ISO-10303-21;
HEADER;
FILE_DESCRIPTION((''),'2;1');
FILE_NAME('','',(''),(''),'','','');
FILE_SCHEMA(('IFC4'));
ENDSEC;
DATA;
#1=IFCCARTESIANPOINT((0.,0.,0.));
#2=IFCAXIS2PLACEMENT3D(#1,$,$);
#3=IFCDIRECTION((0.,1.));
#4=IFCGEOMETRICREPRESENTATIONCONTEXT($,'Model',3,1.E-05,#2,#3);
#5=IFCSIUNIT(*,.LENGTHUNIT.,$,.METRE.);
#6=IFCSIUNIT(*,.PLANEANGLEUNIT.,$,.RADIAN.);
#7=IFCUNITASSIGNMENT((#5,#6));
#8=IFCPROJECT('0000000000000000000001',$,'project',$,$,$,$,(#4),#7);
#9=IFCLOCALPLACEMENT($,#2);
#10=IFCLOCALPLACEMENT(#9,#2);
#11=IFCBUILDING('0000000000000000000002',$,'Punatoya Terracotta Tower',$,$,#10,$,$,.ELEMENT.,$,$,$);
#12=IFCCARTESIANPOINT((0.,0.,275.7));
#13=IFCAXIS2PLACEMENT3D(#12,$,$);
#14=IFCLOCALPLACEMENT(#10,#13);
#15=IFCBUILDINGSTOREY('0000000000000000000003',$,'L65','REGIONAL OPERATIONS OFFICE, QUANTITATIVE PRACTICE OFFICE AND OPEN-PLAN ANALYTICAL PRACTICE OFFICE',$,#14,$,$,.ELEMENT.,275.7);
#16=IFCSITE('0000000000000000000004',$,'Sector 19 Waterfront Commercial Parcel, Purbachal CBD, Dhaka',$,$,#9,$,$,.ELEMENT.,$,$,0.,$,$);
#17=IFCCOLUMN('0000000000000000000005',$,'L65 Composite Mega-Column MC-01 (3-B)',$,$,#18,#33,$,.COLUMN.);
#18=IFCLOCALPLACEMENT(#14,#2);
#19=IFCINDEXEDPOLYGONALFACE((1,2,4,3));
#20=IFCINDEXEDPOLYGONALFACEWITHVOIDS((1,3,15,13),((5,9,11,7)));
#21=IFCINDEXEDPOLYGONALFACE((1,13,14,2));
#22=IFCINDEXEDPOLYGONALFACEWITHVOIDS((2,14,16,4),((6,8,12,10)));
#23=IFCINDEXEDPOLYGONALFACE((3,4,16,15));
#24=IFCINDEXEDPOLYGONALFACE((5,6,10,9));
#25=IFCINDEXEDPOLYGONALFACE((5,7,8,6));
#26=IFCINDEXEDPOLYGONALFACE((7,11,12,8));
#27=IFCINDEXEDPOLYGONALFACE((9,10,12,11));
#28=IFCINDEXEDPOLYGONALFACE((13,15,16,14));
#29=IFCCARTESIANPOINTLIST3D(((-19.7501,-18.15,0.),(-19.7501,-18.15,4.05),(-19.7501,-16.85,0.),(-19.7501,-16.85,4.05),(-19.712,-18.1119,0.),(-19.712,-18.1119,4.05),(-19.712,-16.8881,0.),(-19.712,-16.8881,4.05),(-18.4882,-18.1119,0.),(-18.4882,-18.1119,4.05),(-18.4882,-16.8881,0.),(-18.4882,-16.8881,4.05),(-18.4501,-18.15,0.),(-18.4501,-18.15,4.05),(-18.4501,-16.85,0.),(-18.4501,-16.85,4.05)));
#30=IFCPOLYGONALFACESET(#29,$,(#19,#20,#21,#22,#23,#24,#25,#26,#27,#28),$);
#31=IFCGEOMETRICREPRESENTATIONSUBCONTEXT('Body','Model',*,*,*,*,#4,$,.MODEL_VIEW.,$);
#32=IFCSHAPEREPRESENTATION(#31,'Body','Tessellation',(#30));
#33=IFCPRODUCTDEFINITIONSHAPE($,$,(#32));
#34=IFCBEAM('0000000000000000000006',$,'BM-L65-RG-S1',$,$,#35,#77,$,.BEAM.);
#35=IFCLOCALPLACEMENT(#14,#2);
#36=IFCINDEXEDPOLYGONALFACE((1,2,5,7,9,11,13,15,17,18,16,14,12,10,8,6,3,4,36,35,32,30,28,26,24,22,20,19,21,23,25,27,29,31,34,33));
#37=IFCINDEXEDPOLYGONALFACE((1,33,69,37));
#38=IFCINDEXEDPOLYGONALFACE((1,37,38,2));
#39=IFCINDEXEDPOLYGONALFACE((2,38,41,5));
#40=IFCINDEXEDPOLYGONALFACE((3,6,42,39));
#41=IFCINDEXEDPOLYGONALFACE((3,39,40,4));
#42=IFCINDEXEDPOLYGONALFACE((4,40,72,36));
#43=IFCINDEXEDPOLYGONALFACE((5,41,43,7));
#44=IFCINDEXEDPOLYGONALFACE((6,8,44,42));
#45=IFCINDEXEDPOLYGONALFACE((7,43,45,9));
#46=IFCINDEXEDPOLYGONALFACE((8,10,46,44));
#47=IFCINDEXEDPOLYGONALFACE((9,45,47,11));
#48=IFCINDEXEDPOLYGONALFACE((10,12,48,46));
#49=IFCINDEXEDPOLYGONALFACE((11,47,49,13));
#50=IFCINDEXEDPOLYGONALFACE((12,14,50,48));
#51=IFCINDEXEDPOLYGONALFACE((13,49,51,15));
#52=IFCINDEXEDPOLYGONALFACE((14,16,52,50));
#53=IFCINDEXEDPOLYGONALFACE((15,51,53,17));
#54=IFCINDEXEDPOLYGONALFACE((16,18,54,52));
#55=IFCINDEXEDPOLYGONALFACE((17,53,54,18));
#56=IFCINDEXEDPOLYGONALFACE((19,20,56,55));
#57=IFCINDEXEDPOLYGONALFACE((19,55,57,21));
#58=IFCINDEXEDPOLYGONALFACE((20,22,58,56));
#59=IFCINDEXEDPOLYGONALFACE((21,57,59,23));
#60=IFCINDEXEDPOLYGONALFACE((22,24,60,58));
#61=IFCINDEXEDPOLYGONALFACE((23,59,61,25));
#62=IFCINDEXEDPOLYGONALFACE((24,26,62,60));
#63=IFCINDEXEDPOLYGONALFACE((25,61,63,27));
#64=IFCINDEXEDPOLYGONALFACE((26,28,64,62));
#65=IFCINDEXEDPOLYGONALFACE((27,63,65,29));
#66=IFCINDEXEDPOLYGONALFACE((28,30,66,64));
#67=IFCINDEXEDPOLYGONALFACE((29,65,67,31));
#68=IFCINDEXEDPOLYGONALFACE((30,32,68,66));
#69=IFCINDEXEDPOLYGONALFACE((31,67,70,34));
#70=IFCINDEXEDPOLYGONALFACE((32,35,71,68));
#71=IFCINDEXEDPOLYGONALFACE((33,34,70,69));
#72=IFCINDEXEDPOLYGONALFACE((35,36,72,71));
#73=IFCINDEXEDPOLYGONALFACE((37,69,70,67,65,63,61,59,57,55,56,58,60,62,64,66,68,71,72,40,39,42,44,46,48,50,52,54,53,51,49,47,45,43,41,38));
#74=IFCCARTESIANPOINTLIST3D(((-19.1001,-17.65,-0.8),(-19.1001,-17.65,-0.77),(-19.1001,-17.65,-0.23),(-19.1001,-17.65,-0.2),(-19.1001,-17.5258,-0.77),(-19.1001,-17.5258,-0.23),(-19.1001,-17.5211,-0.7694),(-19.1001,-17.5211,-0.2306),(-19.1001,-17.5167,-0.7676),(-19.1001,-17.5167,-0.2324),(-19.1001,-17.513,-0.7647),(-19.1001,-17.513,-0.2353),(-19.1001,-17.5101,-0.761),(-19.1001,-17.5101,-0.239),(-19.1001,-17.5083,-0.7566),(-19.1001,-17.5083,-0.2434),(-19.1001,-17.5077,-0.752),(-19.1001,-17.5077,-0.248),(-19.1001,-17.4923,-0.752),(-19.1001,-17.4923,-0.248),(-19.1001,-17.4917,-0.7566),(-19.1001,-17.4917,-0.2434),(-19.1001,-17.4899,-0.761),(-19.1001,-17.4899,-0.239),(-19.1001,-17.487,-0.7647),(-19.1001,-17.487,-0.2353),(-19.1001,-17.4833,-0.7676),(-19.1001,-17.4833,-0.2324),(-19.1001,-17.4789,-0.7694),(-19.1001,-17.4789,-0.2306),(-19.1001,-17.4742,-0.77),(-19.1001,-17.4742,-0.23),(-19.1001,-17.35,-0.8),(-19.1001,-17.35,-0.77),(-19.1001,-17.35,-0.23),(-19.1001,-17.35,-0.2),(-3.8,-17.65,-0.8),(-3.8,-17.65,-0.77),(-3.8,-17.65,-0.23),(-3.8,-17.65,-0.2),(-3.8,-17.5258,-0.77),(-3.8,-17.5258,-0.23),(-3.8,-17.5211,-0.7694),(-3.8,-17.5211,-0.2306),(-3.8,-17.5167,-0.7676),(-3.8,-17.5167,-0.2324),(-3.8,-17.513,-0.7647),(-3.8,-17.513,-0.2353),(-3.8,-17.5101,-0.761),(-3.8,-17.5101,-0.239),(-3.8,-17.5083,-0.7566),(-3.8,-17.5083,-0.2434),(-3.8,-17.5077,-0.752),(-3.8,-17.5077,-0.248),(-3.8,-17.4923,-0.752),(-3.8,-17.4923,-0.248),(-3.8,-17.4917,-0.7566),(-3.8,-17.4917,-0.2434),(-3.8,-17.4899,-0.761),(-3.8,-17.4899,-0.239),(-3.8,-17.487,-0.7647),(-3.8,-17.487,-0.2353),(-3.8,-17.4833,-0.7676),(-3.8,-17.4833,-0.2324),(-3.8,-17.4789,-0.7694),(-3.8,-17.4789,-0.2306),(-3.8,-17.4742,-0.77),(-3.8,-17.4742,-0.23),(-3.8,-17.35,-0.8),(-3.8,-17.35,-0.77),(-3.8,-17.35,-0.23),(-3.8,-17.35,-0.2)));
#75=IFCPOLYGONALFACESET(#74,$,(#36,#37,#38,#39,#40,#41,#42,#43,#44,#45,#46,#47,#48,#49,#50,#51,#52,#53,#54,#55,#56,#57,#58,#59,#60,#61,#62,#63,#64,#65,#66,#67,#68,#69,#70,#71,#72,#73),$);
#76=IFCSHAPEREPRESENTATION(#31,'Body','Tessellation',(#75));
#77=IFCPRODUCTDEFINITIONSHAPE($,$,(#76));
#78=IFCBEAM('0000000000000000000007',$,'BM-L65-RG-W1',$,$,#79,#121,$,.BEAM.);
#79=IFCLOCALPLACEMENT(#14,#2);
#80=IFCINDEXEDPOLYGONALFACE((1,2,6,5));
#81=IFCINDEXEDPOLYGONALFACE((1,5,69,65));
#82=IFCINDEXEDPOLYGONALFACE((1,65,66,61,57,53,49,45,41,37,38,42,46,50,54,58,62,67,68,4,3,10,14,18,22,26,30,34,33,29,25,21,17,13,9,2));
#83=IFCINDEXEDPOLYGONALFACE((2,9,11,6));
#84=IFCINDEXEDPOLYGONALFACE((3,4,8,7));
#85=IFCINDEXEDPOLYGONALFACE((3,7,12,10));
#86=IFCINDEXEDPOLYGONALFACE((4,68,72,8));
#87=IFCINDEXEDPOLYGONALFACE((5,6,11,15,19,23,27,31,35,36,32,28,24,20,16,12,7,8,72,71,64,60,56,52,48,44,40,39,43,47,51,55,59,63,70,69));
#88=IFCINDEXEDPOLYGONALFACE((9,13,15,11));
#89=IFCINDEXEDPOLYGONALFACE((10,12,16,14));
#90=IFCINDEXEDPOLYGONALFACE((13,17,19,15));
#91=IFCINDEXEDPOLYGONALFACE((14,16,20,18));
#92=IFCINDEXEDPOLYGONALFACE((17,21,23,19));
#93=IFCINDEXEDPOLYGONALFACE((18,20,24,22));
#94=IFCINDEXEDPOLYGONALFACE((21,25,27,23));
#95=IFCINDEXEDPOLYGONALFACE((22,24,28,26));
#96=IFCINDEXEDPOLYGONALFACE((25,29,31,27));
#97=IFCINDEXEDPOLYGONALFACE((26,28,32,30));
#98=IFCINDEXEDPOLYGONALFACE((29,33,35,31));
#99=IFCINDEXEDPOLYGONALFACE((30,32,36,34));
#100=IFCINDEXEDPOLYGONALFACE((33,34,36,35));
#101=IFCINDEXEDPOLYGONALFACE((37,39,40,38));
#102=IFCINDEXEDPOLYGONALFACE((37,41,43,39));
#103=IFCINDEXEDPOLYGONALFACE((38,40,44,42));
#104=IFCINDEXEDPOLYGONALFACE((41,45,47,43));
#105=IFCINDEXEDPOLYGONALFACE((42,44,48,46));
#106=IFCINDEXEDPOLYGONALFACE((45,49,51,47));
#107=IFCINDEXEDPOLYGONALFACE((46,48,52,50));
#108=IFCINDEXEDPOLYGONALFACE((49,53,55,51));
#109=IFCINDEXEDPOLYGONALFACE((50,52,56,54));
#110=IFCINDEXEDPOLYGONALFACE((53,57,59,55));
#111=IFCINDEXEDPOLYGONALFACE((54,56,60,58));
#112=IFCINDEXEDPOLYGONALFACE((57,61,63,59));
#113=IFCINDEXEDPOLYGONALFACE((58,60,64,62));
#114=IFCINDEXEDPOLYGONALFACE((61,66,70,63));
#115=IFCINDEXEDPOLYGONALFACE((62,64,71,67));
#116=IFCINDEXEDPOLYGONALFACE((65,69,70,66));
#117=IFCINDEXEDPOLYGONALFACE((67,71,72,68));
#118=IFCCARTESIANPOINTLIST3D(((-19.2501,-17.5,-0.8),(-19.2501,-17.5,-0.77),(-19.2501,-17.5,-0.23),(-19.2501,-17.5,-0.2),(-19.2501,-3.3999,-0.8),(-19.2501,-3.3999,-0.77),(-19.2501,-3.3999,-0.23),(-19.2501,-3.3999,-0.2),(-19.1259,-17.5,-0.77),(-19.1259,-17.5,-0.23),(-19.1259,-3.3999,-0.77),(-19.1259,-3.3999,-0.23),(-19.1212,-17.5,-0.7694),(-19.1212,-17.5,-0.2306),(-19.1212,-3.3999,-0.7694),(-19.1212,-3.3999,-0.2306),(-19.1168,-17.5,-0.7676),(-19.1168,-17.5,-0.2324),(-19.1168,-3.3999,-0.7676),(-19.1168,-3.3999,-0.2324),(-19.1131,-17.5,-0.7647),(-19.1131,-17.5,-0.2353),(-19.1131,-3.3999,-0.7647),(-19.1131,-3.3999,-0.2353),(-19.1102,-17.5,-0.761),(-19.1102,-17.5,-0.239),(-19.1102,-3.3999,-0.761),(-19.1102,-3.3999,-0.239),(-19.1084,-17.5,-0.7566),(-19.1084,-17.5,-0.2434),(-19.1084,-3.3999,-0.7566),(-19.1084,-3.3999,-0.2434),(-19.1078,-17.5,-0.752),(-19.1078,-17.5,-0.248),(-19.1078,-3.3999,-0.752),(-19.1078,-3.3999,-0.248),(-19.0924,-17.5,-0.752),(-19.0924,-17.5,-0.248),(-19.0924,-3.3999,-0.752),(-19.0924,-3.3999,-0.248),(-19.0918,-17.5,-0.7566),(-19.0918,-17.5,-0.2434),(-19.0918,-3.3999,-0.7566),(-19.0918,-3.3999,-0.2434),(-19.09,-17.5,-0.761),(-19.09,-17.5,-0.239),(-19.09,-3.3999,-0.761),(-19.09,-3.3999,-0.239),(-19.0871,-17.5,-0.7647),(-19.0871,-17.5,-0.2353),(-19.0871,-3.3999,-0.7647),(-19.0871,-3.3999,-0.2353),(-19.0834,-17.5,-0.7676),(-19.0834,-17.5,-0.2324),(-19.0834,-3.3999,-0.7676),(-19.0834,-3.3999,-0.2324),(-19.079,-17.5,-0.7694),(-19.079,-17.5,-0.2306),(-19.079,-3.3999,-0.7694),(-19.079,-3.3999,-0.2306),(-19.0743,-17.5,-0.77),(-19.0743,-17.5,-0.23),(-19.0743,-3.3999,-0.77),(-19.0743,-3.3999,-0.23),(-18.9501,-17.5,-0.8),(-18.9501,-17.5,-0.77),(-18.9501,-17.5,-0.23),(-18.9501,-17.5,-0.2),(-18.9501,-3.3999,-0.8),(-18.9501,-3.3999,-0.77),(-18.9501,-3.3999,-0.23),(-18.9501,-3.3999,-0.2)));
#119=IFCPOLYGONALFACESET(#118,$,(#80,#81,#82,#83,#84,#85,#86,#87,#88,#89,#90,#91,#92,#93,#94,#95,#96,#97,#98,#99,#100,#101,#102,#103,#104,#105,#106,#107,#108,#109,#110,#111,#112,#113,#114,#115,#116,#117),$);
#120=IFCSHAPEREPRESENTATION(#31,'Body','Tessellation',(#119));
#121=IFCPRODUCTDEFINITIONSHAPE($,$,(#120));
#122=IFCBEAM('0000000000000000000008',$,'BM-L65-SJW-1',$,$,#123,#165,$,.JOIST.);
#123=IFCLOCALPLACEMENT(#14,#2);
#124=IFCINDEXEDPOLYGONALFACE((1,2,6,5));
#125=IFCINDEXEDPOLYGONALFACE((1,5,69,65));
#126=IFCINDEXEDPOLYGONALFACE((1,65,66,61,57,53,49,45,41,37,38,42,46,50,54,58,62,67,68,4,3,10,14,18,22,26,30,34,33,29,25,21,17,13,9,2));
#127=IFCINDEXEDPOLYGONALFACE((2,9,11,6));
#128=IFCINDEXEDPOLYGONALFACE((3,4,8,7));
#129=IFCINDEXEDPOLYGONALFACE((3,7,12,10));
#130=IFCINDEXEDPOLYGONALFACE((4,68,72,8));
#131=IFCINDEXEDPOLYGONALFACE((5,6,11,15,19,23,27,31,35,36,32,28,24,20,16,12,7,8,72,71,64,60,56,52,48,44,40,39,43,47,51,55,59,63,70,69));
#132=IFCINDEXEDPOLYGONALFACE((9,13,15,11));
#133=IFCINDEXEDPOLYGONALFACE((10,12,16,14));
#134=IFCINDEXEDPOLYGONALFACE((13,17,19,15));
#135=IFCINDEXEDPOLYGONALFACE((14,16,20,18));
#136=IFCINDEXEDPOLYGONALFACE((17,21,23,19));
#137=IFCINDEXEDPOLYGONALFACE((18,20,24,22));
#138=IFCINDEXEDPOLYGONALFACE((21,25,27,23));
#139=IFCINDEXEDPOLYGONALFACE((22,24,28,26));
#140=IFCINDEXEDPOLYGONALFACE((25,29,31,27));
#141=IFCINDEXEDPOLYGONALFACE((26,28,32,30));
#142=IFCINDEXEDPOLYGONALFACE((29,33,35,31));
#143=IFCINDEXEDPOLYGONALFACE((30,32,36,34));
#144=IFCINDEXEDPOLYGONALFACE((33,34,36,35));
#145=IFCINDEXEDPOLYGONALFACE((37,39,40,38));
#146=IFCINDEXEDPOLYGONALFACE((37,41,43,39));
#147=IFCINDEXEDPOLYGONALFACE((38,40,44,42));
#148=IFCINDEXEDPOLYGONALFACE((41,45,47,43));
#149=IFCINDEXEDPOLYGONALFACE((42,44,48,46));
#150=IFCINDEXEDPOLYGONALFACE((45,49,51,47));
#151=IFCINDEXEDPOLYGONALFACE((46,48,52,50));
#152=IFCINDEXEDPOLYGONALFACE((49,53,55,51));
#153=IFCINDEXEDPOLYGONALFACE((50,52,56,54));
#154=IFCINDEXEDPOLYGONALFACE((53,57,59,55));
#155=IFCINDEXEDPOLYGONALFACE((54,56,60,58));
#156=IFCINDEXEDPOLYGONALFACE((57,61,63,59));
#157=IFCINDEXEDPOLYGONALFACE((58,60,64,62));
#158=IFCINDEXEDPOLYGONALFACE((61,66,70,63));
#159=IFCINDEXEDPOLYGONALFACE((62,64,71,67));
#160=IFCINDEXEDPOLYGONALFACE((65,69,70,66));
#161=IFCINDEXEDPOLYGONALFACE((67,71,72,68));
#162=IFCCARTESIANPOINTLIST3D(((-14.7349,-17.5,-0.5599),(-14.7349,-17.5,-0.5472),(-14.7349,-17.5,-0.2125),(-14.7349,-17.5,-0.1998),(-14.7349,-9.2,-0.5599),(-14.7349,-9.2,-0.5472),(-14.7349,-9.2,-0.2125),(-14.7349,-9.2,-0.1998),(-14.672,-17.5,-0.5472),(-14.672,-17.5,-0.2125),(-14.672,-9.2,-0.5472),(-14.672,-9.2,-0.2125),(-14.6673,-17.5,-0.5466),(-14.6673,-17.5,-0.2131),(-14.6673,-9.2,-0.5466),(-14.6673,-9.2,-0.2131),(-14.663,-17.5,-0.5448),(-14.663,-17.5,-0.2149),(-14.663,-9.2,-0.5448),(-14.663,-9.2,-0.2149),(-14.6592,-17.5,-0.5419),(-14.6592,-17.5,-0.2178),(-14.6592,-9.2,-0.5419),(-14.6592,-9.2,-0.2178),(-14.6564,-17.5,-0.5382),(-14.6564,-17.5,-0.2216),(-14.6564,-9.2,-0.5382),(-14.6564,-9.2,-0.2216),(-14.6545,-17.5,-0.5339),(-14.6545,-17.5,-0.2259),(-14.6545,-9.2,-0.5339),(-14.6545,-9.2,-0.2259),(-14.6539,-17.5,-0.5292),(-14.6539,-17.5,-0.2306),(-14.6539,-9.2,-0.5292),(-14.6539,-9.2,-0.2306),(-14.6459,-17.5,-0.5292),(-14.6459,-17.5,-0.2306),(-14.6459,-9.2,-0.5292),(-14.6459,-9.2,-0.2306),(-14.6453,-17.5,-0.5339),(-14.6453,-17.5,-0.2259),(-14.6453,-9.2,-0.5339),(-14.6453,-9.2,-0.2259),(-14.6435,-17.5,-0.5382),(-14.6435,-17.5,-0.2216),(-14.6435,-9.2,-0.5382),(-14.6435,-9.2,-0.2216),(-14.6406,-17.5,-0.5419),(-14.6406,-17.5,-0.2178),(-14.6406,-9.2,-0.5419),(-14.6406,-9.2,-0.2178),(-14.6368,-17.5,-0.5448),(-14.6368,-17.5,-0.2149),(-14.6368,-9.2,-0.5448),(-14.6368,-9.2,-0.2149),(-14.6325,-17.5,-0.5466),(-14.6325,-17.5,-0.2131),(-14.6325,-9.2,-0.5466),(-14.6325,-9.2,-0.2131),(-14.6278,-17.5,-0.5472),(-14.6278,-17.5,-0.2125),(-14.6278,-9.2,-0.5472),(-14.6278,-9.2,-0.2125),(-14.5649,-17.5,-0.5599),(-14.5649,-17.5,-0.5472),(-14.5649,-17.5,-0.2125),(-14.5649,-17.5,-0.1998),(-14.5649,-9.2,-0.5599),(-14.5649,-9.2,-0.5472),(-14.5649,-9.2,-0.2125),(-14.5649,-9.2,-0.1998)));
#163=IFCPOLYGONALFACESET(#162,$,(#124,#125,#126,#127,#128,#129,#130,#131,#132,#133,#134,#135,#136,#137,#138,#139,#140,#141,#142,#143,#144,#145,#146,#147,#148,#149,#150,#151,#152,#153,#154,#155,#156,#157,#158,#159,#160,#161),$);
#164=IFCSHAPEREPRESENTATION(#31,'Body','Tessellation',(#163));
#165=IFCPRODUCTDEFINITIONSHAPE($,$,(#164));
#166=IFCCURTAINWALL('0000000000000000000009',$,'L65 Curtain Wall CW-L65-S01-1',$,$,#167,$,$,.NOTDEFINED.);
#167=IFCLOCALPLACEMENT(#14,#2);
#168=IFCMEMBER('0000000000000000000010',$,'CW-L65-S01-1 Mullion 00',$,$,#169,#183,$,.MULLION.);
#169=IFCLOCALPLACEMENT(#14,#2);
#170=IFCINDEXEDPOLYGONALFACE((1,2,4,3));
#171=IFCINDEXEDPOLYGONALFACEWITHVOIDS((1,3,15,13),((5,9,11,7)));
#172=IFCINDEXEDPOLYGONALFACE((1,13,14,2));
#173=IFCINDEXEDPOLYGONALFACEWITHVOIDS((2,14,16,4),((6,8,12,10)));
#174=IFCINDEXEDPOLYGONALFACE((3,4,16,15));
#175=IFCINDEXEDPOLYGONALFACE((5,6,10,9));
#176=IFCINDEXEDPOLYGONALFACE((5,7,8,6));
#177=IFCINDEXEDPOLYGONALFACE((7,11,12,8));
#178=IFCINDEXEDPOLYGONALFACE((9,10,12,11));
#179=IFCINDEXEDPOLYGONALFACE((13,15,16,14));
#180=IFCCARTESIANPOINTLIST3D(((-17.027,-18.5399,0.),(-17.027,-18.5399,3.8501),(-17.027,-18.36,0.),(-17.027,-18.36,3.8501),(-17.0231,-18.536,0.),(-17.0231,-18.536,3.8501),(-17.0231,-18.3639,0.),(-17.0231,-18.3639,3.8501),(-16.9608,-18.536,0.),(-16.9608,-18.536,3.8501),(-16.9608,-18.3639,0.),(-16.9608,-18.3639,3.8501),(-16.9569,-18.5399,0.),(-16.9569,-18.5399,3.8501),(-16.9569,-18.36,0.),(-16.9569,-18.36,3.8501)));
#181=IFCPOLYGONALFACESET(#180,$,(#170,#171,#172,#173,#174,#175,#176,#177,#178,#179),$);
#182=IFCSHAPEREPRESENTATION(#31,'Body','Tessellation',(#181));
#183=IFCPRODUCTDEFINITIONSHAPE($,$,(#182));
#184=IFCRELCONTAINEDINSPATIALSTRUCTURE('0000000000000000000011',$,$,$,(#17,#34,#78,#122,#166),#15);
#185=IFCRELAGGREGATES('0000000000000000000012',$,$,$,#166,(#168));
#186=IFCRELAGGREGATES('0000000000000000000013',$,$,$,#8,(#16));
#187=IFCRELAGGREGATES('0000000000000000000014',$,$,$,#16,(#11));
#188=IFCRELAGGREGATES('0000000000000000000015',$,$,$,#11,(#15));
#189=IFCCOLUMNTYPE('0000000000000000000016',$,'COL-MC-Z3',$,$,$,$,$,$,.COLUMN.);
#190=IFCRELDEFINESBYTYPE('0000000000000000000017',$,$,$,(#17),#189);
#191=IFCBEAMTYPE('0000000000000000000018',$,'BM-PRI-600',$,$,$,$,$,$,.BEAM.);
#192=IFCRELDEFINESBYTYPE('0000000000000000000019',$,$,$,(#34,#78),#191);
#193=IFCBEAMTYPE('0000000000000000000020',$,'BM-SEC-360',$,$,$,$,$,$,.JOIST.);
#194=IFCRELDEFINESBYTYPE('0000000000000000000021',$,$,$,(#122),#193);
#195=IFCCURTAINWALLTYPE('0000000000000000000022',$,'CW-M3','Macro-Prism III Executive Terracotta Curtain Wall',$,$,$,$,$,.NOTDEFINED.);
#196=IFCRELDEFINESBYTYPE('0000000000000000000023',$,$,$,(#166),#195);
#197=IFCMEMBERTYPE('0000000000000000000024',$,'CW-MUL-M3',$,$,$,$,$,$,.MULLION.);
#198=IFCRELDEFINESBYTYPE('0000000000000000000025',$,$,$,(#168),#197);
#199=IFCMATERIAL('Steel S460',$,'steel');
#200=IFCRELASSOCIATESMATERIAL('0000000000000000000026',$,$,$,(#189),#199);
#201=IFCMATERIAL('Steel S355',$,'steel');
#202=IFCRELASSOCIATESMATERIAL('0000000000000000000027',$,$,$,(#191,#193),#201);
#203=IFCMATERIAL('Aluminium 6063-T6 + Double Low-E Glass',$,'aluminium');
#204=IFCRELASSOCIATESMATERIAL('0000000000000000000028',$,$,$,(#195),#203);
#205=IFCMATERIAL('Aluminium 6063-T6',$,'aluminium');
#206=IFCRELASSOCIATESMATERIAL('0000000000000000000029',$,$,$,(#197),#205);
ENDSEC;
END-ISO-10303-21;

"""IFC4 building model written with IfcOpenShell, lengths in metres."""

from ifc_helpers import new_model, si_unit, direction, frame, origin, origin_2d, place, context, subcontext, project, spatial, hollow_rectangle, i_section, extrude, material, material_profile, profile_set, type_object, element, aggregate, save


model = new_model("IFC4")

# Units and contexts
model_context = context("Model", 3, precision=1e-05, world=origin(), true_north=direction((0.0, 1.0)))
body_context = subcontext(model_context, "Body", "Model", "MODEL_VIEW")
ifc_project = project(units=[si_unit("LENGTHUNIT", "METRE"), si_unit("PLANEANGLEUNIT", "RADIAN")], contexts=[model_context])

# Site, building, storey
site_placement = place(None, origin())
site = spatial("IfcSite", under=ifc_project, at=site_placement, Name="Sector 19 Waterfront Commercial Parcel, Purbachal CBD, Dhaka", CompositionType="ELEMENT", RefElevation=0.0)
building_placement = place(site_placement, origin())
building = spatial("IfcBuilding", under=site, at=building_placement, Name="Punatoya Terracotta Tower", CompositionType="ELEMENT")
storey_placement = place(building_placement, frame((0.0, 0.0, 275.7)))
storey = spatial("IfcBuildingStorey", under=building, at=storey_placement, Name="L65", Description="REGIONAL OPERATIONS OFFICE, QUANTITATIVE PRACTICE OFFICE AND OPEN-PLAN ANALYTICAL PRACTICE OFFICE", CompositionType="ELEMENT", Elevation=275.7)

# Column
ifc_material_1 = material(Name="Steel S460", Category="steel")
ifc_material_profile_1 = material_profile(ifc_material_1, hollow_rectangle(XDim=1.3, YDim=1.3, WallThickness=0.0381, at=origin_2d()))
ifc_profile_set_1 = profile_set([ifc_material_profile_1], Name="Steel S460")
column_type = type_object("IfcColumnType", Name="COL-MC-Z3", PredefinedType="COLUMN", material=ifc_profile_set_1)
column_placement = place(storey_placement, frame((-19.1001, -17.5, 0.0), z_axis=(0.0, 0.0, 1.0), x_axis=(1.0, 0.0, 0.0)))
element("IfcColumn", 1, at=column_placement, inside=storey, type_object=column_type, Name="L65 Composite Mega-Column MC-01 (3-B)", PredefinedType="COLUMN", context=body_context, shape_type="SweptSolid", body=[
    extrude(hollow_rectangle(XDim=1.3, YDim=1.3, WallThickness=0.0381, at=origin_2d()), origin(), (0.0, 0.0, 1.0), 4.05),
])

# Beams
ifc_material_2 = material(Name="Steel S355", Category="steel")
ifc_material_profile_2 = material_profile(ifc_material_2, i_section(OverallWidth=0.3, OverallDepth=0.6001, WebThickness=0.0154, FlangeThickness=0.03, FilletRadius=0.0181, at=origin_2d()))
ifc_profile_set_2 = profile_set([ifc_material_profile_2], Name="Steel S355")
beam_type_1 = type_object("IfcBeamType", Name="BM-PRI-600", PredefinedType="BEAM", material=ifc_profile_set_2)
beam_1_placement = place(storey_placement, frame((-19.1001, -17.5, -0.5), z_axis=(1.0, 0.0, 0.0), x_axis=(0.0, 1.0, 0.0)))
element("IfcBeam", 2, at=beam_1_placement, inside=storey, type_object=beam_type_1, Name="BM-L65-RG-S1", PredefinedType="BEAM", context=body_context, shape_type="SweptSolid", body=[
    extrude(i_section(OverallWidth=0.3, OverallDepth=0.6001, WebThickness=0.0154, FlangeThickness=0.03, FilletRadius=0.0181, at=origin_2d()), origin(), (0.0, 0.0, 1.0), 15.3),
])
beam_2_placement = place(storey_placement, frame((-19.1001, -17.5, -0.5), z_axis=(0.0, 1.0, 0.0), x_axis=(-1.0, 0.0, 0.0)))
element("IfcBeam", 3, at=beam_2_placement, inside=storey, type_object=beam_type_1, Name="BM-L65-RG-W1", PredefinedType="BEAM", context=body_context, shape_type="SweptSolid", body=[
    extrude(i_section(OverallWidth=0.3, OverallDepth=0.6001, WebThickness=0.0154, FlangeThickness=0.03, FilletRadius=0.0181, at=origin_2d()), origin(), (0.0, 0.0, 1.0), 14.1001),
])
ifc_material_profile_3 = material_profile(ifc_material_2, i_section(OverallWidth=0.1699, OverallDepth=0.3601, WebThickness=0.0081, FlangeThickness=0.0127, FilletRadius=0.0181, at=origin_2d()))
ifc_profile_set_3 = profile_set([ifc_material_profile_3], Name="Steel S355")
beam_type_2 = type_object("IfcBeamType", Name="BM-SEC-360", PredefinedType="JOIST", material=ifc_profile_set_3)
beam_3_placement = place(storey_placement, frame((-14.6499, -17.5, -0.3799), z_axis=(0.0, 1.0, 0.0), x_axis=(-1.0, 0.0, 0.0)))
element("IfcBeam", 4, at=beam_3_placement, inside=storey, type_object=beam_type_2, Name="BM-L65-SJW-1", PredefinedType="JOIST", context=body_context, shape_type="SweptSolid", body=[
    extrude(i_section(OverallWidth=0.1699, OverallDepth=0.3601, WebThickness=0.0081, FlangeThickness=0.0127, FilletRadius=0.0181, at=origin_2d()), origin(), (0.0, 0.0, 1.0), 8.3),
])

# Curtain wall, member
ifc_material_3 = material(Name="Aluminium 6063-T6 + Double Low-E Glass", Category="aluminium")
curtain_wall_type = type_object("IfcCurtainWallType", Name="CW-M3", Description="Macro-Prism III Executive Terracotta Curtain Wall", PredefinedType="NOTDEFINED", material=ifc_material_3)
curtain_wall_1_placement = place(storey_placement, origin())
curtain_wall_1 = element("IfcCurtainWall", 5, at=curtain_wall_1_placement, inside=storey, type_object=curtain_wall_type, Name="L65 Curtain Wall CW-L65-S01-1", PredefinedType="NOTDEFINED")
ifc_material_4 = material(Name="Aluminium 6063-T6", Category="aluminium")
ifc_material_profile_4 = material_profile(ifc_material_4, hollow_rectangle(XDim=0.0701, YDim=0.1799, WallThickness=0.0039, at=origin_2d()))
ifc_profile_set_4 = profile_set([ifc_material_profile_4], Name="Aluminium 6063-T6")
member_type_1 = type_object("IfcMemberType", Name="CW-MUL-M3", PredefinedType="MULLION", material=ifc_profile_set_4)
member_1_placement = place(storey_placement, frame((-16.9919, -18.45, 0.0), z_axis=(0.0, 0.0, 1.0), x_axis=(1.0, 0.0, 0.0)))
member_1 = element("IfcMember", 6, at=member_1_placement, type_object=member_type_1, Name="CW-L65-S01-1 Mullion 00", PredefinedType="MULLION", context=body_context, shape_type="SweptSolid", body=[
    extrude(hollow_rectangle(XDim=0.0701, YDim=0.1799, WallThickness=0.0039, at=origin_2d()), origin(), (0.0, 0.0, 1.0), 3.8501),
])

aggregate(curtain_wall_1, [member_1])

save(model, "model.ifc")
